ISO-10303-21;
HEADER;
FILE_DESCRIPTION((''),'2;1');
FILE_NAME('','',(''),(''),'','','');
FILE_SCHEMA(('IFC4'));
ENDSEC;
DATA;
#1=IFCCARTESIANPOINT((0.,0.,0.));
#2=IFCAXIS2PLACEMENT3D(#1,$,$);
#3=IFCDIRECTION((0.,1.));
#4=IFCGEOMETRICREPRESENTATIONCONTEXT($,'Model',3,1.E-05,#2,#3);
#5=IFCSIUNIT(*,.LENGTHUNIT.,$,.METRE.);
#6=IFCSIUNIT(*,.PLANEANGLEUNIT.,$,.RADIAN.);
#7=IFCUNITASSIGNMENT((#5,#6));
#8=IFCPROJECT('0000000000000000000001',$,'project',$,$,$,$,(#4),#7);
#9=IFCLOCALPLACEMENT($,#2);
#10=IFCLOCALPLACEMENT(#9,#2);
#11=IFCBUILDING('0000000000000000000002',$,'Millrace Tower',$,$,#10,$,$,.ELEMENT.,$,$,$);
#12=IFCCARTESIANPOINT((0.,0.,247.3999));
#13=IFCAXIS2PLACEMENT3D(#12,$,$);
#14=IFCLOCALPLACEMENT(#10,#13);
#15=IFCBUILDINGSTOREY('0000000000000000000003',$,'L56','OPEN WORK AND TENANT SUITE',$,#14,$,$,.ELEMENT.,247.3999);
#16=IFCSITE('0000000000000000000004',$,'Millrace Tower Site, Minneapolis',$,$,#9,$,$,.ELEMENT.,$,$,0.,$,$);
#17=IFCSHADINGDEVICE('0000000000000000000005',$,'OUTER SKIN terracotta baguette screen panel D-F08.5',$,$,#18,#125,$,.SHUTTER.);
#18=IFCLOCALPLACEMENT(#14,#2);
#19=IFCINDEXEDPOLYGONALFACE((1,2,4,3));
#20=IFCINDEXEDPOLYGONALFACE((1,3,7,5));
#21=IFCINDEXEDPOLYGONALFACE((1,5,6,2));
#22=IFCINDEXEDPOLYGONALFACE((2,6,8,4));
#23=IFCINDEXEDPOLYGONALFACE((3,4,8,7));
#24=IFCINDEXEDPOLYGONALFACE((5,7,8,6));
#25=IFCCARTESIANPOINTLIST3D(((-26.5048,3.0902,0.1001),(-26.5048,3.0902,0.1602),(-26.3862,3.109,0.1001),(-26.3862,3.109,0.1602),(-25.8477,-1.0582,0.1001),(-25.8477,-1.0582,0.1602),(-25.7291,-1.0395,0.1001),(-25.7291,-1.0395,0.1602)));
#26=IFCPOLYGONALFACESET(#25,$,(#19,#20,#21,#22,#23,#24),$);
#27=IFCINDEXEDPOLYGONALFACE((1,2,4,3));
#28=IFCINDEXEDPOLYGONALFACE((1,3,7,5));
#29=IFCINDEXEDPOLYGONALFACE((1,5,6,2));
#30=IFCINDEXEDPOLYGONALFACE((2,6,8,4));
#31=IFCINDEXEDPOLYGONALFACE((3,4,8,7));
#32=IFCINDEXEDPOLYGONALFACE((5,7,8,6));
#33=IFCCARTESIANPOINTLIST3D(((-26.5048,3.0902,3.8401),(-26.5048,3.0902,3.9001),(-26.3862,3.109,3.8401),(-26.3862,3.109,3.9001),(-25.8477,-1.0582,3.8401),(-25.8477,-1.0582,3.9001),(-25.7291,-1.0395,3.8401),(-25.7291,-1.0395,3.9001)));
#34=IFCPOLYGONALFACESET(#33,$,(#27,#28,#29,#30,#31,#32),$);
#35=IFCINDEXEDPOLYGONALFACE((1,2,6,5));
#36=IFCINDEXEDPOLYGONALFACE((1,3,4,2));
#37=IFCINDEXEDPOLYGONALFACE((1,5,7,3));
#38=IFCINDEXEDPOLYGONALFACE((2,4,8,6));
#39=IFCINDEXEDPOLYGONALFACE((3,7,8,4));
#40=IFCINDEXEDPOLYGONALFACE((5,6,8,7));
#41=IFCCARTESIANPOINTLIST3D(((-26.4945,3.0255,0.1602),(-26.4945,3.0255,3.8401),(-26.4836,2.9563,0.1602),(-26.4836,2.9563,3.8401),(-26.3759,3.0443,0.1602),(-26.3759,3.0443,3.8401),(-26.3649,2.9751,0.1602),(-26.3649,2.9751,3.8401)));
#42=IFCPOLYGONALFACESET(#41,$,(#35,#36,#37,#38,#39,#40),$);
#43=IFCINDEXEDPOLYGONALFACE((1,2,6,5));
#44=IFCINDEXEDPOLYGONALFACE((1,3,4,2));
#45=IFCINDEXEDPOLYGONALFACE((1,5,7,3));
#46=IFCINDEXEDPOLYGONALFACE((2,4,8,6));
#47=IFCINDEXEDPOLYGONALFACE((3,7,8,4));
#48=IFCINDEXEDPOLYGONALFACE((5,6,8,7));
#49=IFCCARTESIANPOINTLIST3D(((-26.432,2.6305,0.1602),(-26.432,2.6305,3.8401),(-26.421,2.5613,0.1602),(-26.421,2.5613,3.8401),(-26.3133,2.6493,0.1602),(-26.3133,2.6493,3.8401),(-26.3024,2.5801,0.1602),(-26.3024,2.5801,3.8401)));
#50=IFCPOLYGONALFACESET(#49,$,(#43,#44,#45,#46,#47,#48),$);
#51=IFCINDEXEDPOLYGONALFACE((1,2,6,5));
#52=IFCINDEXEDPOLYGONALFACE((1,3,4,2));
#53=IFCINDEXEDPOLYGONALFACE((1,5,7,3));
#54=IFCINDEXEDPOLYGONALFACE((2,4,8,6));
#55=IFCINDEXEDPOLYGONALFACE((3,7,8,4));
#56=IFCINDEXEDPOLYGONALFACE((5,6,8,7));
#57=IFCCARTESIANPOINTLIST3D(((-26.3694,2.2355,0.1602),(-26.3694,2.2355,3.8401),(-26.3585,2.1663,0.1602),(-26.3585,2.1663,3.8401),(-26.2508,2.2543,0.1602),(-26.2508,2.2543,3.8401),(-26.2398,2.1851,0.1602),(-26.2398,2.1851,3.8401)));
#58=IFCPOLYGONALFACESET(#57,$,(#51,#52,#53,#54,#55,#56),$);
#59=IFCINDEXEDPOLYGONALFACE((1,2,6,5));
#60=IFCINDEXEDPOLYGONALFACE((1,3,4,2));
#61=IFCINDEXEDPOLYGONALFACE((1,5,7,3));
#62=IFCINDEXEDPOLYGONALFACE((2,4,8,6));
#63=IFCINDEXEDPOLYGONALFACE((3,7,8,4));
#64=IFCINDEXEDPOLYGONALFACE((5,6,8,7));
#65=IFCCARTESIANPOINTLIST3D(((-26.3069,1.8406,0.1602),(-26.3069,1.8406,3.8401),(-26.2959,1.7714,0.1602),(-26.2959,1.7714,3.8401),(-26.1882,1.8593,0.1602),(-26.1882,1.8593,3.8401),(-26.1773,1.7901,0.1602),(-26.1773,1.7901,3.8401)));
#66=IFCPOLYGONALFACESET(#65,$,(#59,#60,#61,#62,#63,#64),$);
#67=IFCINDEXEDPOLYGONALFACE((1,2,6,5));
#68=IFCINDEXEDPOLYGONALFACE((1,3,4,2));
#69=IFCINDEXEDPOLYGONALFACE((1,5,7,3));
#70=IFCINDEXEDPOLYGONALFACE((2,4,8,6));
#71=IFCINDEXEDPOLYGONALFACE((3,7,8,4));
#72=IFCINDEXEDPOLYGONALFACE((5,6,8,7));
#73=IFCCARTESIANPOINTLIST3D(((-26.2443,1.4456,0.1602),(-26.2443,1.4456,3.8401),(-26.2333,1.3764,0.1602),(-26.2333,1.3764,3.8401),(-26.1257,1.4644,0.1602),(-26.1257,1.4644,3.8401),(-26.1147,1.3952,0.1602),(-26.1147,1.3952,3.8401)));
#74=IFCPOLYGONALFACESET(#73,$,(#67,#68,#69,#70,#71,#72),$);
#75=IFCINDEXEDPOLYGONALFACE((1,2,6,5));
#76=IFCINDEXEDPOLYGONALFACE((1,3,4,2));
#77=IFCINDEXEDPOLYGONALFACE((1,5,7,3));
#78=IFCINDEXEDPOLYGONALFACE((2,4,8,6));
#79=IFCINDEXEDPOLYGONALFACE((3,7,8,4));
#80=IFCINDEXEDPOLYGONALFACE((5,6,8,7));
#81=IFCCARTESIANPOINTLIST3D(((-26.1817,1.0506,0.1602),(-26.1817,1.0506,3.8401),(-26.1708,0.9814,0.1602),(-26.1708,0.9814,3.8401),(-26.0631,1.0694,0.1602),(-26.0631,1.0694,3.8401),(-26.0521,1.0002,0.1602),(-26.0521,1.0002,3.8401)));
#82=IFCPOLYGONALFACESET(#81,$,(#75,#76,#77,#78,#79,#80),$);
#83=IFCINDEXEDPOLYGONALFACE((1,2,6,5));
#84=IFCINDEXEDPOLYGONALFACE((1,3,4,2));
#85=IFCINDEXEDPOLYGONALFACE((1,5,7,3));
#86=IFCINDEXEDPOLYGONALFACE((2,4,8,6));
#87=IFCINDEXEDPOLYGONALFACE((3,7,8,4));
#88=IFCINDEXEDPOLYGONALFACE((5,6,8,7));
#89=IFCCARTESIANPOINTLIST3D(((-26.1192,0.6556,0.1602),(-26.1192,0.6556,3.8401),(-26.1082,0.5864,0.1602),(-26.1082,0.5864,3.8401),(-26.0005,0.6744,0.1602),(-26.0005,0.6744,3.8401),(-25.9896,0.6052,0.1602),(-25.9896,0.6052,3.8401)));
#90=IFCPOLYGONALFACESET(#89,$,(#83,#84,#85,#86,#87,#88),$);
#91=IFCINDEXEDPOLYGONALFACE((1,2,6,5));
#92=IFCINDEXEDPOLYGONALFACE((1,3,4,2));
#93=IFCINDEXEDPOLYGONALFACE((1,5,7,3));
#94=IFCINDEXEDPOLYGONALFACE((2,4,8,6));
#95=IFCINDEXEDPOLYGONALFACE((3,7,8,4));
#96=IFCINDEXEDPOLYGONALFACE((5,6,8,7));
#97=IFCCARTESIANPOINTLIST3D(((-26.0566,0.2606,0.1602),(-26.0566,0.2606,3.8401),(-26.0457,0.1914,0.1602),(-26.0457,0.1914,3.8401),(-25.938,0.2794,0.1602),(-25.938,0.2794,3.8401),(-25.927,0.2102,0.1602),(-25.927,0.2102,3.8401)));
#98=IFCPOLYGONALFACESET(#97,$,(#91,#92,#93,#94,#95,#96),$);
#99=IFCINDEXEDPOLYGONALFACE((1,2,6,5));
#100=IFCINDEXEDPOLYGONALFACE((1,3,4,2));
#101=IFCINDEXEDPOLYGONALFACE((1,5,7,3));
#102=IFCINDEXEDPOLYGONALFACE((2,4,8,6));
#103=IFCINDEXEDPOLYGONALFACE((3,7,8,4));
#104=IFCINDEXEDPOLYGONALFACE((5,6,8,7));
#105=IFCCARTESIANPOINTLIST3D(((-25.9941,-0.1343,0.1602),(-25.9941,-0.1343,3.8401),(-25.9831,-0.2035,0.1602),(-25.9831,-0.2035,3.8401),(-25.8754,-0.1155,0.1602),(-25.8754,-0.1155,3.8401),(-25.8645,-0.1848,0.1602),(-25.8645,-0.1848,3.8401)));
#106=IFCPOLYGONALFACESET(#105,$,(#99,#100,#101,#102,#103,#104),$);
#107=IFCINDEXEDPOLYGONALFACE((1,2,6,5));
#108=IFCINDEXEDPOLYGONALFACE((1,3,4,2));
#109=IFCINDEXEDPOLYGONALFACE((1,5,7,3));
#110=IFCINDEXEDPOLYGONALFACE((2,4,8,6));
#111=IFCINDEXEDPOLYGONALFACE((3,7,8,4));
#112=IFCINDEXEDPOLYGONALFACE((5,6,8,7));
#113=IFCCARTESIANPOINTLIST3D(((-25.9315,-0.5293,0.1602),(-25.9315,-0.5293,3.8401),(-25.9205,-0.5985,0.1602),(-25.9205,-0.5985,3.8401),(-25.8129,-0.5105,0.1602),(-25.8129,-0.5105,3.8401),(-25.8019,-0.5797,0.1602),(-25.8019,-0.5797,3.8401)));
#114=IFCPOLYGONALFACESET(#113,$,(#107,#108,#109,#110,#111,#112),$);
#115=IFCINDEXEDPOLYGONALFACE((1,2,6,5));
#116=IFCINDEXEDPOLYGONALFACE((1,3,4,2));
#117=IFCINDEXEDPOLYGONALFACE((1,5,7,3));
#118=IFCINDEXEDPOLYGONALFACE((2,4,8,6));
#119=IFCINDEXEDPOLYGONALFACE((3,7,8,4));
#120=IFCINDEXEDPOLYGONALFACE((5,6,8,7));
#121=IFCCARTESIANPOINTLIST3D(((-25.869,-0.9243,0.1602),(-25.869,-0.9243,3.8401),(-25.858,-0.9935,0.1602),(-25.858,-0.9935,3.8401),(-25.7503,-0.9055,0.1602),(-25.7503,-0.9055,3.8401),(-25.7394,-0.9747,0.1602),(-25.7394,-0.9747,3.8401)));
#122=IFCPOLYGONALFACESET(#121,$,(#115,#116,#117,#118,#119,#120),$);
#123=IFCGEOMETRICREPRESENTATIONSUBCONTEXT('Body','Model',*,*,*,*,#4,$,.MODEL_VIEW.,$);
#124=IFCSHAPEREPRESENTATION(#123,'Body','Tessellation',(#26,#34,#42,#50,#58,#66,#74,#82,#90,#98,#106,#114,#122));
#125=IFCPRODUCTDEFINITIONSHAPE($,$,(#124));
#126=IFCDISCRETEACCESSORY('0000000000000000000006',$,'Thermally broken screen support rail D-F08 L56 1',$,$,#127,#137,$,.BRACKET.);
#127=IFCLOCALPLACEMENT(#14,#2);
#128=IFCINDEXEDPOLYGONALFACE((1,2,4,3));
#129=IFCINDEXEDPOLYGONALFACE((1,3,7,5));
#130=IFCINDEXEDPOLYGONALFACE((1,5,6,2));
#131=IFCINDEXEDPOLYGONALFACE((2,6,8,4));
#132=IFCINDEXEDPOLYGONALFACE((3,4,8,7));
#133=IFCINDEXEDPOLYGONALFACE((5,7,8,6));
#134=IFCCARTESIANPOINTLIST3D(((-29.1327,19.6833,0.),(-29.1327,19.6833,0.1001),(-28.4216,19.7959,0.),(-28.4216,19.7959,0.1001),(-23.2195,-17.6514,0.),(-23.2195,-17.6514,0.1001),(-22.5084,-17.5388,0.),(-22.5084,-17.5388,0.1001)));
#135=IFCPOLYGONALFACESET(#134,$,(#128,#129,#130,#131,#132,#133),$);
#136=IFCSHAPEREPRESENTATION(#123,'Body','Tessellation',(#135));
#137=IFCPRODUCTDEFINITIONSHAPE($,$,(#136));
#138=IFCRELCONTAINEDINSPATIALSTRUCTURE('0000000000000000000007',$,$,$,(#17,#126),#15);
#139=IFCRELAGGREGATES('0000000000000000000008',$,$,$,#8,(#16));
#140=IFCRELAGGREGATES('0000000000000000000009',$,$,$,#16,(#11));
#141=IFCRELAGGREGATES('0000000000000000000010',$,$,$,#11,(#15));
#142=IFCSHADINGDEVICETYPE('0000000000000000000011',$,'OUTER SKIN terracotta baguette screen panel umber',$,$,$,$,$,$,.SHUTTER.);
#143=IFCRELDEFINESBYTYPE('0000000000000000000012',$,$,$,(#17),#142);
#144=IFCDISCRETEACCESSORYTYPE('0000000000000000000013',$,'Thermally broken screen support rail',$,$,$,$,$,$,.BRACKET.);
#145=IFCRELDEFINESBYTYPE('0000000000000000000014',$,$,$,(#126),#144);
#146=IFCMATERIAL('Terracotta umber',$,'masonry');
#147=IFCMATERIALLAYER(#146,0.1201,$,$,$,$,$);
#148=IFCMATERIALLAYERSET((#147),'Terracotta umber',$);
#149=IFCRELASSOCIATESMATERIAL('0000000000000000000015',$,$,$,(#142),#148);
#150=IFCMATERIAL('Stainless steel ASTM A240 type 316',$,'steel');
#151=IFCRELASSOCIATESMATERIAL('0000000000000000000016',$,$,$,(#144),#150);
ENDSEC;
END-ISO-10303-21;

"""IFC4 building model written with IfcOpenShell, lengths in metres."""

from ifc_helpers import new_model, entity, si_unit, direction, frame, frame_2d, origin, origin_2d, place, context, subcontext, project, spatial, rectangle, extrude, source, transform, mapped, material, layer, layer_set, type_object, element, save


model = new_model("IFC4")

# Units and contexts
model_context = context("Model", 3, precision=1e-05, world=origin(), true_north=direction((0.0, 1.0)))
body_context = subcontext(model_context, "Body", "Model", "MODEL_VIEW")
ifc_project = project(units=[si_unit("LENGTHUNIT", "METRE"), si_unit("PLANEANGLEUNIT", "RADIAN")], contexts=[model_context])

# Site, building, storey
site_placement = place(None, origin())
site = spatial("IfcSite", under=ifc_project, at=site_placement, Name="Millrace Tower Site, Minneapolis", CompositionType="ELEMENT", RefElevation=0.0)
building_placement = place(site_placement, origin())
building = spatial("IfcBuilding", under=site, at=building_placement, Name="Millrace Tower", CompositionType="ELEMENT")
storey_placement = place(building_placement, frame((0.0, 0.0, 247.3999)))
storey = spatial("IfcBuildingStorey", under=building, at=storey_placement, Name="L56", Description="OPEN WORK AND TENANT SUITE", CompositionType="ELEMENT", Elevation=247.3999)

# Shading device
ifc_material_1 = material(Name="Terracotta umber", Category="masonry")
ifc_layer_1 = layer(ifc_material_1, 0.1201)
ifc_layer_set_1 = layer_set([ifc_layer_1], Name="Terracotta umber")
shading_device_type = type_object("IfcShadingDeviceType", Name="OUTER SKIN terracotta baguette screen panel umber", PredefinedType="SHUTTER", material=ifc_layer_set_1)
cartesian_point = entity("IfcCartesianPoint", [-2.1001, 0.0601])
shared_polyline = entity("IfcPolyline", [cartesian_point, entity("IfcCartesianPoint", [2.1001, 0.0601]), entity("IfcCartesianPoint", [2.1001, -0.0601]), entity("IfcCartesianPoint", [-2.1001, -0.0601]), cartesian_point])
shared_shape = source(origin(), body_context, "Body", "SweptSolid", [
    entity("IfcExtrudedAreaSolid", entity("IfcArbitraryClosedProfileDef", "AREA", None, shared_polyline), entity("IfcAxis2Placement3D", entity("IfcCartesianPoint", [0.0, 0.0, 0.0])), entity("IfcDirection", [0.0, 0.0, 1.0]), 0.0601),
    entity("IfcExtrudedAreaSolid", entity("IfcArbitraryClosedProfileDef", "AREA", None, shared_polyline), entity("IfcAxis2Placement3D", entity("IfcCartesianPoint", [0.0, 0.0, 3.74])), entity("IfcDirection", [0.0, 0.0, 1.0]), 0.0601),
    extrude(rectangle(XDim=0.0701, YDim=0.1201, at=frame_2d((-1.9995, 0.0))), frame((0.0, 0.0, 0.0601)), (0.0, 0.0, 1.0), 3.6799),
    extrude(rectangle(XDim=0.0701, YDim=0.1201, at=frame_2d((-1.5996, 0.0))), frame((0.0, 0.0, 0.0601)), (0.0, 0.0, 1.0), 3.6799),
    extrude(rectangle(XDim=0.0701, YDim=0.1201, at=frame_2d((-1.1997, 0.0))), frame((0.0, 0.0, 0.0601)), (0.0, 0.0, 1.0), 3.6799),
    extrude(rectangle(XDim=0.0701, YDim=0.1201, at=frame_2d((-0.7998, 0.0))), frame((0.0, 0.0, 0.0601)), (0.0, 0.0, 1.0), 3.6799),
    extrude(rectangle(XDim=0.0701, YDim=0.1201, at=frame_2d((-0.3999, 0.0))), frame((0.0, 0.0, 0.0601)), (0.0, 0.0, 1.0), 3.6799),
    extrude(rectangle(XDim=0.0701, YDim=0.1201, at=origin_2d()), frame((0.0, 0.0, 0.0601)), (0.0, 0.0, 1.0), 3.6799),
    extrude(rectangle(XDim=0.0701, YDim=0.1201, at=frame_2d((0.3999, 0.0))), frame((0.0, 0.0, 0.0601)), (0.0, 0.0, 1.0), 3.6799),
    extrude(rectangle(XDim=0.0701, YDim=0.1201, at=frame_2d((0.7998, 0.0))), frame((0.0, 0.0, 0.0601)), (0.0, 0.0, 1.0), 3.6799),
    extrude(rectangle(XDim=0.0701, YDim=0.1201, at=frame_2d((1.1997, 0.0))), frame((0.0, 0.0, 0.0601)), (0.0, 0.0, 1.0), 3.6799),
    extrude(rectangle(XDim=0.0701, YDim=0.1201, at=frame_2d((1.5996, 0.0))), frame((0.0, 0.0, 0.0601)), (0.0, 0.0, 1.0), 3.6799),
    extrude(rectangle(XDim=0.0701, YDim=0.1201, at=frame_2d((1.9995, 0.0))), frame((0.0, 0.0, 0.0601)), (0.0, 0.0, 1.0), 3.6799),
])
for number, where, z_axis, x_axis, name in (
    (1, (-26.1169, 1.0254, 0.1001), (0.0, 0.0, 1.0), (0.156434, -0.987688, 0.0), "OUTER SKIN terracotta baguette screen panel D-F08.5"),
):
    element("IfcShadingDevice", number, at=place(storey_placement, frame(where, z_axis=z_axis, x_axis=x_axis)), inside=storey, type_object=shading_device_type, Name=name, PredefinedType="SHUTTER", context=body_context, shape_type="MappedRepresentation", body=[
        mapped(shared_shape, transform((0.0, 0.0, 0.0), scale=1.0)),
    ])

# Discrete accessory
ifc_material_2 = material(Name="Stainless steel ASTM A240 type 316", Category="steel")
discrete_accessory_type = type_object("IfcDiscreteAccessoryType", Name="Thermally broken screen support rail", PredefinedType="BRACKET", material=ifc_material_2)
discrete_accessory_placement = place(storey_placement, frame((-25.8206, 1.0723, 0.0), z_axis=(0.0, 0.0, 1.0), x_axis=(0.156434, -0.987688, 0.0)))
element("IfcDiscreteAccessory", 2, at=discrete_accessory_placement, inside=storey, type_object=discrete_accessory_type, Name="Thermally broken screen support rail D-F08 L56 1", PredefinedType="BRACKET", context=body_context, shape_type="SweptSolid", body=[
    extrude(rectangle(XDim=37.8, YDim=0.72, at=origin_2d()), origin(), (0.0, 0.0, 1.0), 0.1001),
])

save(model, "model.ifc")
